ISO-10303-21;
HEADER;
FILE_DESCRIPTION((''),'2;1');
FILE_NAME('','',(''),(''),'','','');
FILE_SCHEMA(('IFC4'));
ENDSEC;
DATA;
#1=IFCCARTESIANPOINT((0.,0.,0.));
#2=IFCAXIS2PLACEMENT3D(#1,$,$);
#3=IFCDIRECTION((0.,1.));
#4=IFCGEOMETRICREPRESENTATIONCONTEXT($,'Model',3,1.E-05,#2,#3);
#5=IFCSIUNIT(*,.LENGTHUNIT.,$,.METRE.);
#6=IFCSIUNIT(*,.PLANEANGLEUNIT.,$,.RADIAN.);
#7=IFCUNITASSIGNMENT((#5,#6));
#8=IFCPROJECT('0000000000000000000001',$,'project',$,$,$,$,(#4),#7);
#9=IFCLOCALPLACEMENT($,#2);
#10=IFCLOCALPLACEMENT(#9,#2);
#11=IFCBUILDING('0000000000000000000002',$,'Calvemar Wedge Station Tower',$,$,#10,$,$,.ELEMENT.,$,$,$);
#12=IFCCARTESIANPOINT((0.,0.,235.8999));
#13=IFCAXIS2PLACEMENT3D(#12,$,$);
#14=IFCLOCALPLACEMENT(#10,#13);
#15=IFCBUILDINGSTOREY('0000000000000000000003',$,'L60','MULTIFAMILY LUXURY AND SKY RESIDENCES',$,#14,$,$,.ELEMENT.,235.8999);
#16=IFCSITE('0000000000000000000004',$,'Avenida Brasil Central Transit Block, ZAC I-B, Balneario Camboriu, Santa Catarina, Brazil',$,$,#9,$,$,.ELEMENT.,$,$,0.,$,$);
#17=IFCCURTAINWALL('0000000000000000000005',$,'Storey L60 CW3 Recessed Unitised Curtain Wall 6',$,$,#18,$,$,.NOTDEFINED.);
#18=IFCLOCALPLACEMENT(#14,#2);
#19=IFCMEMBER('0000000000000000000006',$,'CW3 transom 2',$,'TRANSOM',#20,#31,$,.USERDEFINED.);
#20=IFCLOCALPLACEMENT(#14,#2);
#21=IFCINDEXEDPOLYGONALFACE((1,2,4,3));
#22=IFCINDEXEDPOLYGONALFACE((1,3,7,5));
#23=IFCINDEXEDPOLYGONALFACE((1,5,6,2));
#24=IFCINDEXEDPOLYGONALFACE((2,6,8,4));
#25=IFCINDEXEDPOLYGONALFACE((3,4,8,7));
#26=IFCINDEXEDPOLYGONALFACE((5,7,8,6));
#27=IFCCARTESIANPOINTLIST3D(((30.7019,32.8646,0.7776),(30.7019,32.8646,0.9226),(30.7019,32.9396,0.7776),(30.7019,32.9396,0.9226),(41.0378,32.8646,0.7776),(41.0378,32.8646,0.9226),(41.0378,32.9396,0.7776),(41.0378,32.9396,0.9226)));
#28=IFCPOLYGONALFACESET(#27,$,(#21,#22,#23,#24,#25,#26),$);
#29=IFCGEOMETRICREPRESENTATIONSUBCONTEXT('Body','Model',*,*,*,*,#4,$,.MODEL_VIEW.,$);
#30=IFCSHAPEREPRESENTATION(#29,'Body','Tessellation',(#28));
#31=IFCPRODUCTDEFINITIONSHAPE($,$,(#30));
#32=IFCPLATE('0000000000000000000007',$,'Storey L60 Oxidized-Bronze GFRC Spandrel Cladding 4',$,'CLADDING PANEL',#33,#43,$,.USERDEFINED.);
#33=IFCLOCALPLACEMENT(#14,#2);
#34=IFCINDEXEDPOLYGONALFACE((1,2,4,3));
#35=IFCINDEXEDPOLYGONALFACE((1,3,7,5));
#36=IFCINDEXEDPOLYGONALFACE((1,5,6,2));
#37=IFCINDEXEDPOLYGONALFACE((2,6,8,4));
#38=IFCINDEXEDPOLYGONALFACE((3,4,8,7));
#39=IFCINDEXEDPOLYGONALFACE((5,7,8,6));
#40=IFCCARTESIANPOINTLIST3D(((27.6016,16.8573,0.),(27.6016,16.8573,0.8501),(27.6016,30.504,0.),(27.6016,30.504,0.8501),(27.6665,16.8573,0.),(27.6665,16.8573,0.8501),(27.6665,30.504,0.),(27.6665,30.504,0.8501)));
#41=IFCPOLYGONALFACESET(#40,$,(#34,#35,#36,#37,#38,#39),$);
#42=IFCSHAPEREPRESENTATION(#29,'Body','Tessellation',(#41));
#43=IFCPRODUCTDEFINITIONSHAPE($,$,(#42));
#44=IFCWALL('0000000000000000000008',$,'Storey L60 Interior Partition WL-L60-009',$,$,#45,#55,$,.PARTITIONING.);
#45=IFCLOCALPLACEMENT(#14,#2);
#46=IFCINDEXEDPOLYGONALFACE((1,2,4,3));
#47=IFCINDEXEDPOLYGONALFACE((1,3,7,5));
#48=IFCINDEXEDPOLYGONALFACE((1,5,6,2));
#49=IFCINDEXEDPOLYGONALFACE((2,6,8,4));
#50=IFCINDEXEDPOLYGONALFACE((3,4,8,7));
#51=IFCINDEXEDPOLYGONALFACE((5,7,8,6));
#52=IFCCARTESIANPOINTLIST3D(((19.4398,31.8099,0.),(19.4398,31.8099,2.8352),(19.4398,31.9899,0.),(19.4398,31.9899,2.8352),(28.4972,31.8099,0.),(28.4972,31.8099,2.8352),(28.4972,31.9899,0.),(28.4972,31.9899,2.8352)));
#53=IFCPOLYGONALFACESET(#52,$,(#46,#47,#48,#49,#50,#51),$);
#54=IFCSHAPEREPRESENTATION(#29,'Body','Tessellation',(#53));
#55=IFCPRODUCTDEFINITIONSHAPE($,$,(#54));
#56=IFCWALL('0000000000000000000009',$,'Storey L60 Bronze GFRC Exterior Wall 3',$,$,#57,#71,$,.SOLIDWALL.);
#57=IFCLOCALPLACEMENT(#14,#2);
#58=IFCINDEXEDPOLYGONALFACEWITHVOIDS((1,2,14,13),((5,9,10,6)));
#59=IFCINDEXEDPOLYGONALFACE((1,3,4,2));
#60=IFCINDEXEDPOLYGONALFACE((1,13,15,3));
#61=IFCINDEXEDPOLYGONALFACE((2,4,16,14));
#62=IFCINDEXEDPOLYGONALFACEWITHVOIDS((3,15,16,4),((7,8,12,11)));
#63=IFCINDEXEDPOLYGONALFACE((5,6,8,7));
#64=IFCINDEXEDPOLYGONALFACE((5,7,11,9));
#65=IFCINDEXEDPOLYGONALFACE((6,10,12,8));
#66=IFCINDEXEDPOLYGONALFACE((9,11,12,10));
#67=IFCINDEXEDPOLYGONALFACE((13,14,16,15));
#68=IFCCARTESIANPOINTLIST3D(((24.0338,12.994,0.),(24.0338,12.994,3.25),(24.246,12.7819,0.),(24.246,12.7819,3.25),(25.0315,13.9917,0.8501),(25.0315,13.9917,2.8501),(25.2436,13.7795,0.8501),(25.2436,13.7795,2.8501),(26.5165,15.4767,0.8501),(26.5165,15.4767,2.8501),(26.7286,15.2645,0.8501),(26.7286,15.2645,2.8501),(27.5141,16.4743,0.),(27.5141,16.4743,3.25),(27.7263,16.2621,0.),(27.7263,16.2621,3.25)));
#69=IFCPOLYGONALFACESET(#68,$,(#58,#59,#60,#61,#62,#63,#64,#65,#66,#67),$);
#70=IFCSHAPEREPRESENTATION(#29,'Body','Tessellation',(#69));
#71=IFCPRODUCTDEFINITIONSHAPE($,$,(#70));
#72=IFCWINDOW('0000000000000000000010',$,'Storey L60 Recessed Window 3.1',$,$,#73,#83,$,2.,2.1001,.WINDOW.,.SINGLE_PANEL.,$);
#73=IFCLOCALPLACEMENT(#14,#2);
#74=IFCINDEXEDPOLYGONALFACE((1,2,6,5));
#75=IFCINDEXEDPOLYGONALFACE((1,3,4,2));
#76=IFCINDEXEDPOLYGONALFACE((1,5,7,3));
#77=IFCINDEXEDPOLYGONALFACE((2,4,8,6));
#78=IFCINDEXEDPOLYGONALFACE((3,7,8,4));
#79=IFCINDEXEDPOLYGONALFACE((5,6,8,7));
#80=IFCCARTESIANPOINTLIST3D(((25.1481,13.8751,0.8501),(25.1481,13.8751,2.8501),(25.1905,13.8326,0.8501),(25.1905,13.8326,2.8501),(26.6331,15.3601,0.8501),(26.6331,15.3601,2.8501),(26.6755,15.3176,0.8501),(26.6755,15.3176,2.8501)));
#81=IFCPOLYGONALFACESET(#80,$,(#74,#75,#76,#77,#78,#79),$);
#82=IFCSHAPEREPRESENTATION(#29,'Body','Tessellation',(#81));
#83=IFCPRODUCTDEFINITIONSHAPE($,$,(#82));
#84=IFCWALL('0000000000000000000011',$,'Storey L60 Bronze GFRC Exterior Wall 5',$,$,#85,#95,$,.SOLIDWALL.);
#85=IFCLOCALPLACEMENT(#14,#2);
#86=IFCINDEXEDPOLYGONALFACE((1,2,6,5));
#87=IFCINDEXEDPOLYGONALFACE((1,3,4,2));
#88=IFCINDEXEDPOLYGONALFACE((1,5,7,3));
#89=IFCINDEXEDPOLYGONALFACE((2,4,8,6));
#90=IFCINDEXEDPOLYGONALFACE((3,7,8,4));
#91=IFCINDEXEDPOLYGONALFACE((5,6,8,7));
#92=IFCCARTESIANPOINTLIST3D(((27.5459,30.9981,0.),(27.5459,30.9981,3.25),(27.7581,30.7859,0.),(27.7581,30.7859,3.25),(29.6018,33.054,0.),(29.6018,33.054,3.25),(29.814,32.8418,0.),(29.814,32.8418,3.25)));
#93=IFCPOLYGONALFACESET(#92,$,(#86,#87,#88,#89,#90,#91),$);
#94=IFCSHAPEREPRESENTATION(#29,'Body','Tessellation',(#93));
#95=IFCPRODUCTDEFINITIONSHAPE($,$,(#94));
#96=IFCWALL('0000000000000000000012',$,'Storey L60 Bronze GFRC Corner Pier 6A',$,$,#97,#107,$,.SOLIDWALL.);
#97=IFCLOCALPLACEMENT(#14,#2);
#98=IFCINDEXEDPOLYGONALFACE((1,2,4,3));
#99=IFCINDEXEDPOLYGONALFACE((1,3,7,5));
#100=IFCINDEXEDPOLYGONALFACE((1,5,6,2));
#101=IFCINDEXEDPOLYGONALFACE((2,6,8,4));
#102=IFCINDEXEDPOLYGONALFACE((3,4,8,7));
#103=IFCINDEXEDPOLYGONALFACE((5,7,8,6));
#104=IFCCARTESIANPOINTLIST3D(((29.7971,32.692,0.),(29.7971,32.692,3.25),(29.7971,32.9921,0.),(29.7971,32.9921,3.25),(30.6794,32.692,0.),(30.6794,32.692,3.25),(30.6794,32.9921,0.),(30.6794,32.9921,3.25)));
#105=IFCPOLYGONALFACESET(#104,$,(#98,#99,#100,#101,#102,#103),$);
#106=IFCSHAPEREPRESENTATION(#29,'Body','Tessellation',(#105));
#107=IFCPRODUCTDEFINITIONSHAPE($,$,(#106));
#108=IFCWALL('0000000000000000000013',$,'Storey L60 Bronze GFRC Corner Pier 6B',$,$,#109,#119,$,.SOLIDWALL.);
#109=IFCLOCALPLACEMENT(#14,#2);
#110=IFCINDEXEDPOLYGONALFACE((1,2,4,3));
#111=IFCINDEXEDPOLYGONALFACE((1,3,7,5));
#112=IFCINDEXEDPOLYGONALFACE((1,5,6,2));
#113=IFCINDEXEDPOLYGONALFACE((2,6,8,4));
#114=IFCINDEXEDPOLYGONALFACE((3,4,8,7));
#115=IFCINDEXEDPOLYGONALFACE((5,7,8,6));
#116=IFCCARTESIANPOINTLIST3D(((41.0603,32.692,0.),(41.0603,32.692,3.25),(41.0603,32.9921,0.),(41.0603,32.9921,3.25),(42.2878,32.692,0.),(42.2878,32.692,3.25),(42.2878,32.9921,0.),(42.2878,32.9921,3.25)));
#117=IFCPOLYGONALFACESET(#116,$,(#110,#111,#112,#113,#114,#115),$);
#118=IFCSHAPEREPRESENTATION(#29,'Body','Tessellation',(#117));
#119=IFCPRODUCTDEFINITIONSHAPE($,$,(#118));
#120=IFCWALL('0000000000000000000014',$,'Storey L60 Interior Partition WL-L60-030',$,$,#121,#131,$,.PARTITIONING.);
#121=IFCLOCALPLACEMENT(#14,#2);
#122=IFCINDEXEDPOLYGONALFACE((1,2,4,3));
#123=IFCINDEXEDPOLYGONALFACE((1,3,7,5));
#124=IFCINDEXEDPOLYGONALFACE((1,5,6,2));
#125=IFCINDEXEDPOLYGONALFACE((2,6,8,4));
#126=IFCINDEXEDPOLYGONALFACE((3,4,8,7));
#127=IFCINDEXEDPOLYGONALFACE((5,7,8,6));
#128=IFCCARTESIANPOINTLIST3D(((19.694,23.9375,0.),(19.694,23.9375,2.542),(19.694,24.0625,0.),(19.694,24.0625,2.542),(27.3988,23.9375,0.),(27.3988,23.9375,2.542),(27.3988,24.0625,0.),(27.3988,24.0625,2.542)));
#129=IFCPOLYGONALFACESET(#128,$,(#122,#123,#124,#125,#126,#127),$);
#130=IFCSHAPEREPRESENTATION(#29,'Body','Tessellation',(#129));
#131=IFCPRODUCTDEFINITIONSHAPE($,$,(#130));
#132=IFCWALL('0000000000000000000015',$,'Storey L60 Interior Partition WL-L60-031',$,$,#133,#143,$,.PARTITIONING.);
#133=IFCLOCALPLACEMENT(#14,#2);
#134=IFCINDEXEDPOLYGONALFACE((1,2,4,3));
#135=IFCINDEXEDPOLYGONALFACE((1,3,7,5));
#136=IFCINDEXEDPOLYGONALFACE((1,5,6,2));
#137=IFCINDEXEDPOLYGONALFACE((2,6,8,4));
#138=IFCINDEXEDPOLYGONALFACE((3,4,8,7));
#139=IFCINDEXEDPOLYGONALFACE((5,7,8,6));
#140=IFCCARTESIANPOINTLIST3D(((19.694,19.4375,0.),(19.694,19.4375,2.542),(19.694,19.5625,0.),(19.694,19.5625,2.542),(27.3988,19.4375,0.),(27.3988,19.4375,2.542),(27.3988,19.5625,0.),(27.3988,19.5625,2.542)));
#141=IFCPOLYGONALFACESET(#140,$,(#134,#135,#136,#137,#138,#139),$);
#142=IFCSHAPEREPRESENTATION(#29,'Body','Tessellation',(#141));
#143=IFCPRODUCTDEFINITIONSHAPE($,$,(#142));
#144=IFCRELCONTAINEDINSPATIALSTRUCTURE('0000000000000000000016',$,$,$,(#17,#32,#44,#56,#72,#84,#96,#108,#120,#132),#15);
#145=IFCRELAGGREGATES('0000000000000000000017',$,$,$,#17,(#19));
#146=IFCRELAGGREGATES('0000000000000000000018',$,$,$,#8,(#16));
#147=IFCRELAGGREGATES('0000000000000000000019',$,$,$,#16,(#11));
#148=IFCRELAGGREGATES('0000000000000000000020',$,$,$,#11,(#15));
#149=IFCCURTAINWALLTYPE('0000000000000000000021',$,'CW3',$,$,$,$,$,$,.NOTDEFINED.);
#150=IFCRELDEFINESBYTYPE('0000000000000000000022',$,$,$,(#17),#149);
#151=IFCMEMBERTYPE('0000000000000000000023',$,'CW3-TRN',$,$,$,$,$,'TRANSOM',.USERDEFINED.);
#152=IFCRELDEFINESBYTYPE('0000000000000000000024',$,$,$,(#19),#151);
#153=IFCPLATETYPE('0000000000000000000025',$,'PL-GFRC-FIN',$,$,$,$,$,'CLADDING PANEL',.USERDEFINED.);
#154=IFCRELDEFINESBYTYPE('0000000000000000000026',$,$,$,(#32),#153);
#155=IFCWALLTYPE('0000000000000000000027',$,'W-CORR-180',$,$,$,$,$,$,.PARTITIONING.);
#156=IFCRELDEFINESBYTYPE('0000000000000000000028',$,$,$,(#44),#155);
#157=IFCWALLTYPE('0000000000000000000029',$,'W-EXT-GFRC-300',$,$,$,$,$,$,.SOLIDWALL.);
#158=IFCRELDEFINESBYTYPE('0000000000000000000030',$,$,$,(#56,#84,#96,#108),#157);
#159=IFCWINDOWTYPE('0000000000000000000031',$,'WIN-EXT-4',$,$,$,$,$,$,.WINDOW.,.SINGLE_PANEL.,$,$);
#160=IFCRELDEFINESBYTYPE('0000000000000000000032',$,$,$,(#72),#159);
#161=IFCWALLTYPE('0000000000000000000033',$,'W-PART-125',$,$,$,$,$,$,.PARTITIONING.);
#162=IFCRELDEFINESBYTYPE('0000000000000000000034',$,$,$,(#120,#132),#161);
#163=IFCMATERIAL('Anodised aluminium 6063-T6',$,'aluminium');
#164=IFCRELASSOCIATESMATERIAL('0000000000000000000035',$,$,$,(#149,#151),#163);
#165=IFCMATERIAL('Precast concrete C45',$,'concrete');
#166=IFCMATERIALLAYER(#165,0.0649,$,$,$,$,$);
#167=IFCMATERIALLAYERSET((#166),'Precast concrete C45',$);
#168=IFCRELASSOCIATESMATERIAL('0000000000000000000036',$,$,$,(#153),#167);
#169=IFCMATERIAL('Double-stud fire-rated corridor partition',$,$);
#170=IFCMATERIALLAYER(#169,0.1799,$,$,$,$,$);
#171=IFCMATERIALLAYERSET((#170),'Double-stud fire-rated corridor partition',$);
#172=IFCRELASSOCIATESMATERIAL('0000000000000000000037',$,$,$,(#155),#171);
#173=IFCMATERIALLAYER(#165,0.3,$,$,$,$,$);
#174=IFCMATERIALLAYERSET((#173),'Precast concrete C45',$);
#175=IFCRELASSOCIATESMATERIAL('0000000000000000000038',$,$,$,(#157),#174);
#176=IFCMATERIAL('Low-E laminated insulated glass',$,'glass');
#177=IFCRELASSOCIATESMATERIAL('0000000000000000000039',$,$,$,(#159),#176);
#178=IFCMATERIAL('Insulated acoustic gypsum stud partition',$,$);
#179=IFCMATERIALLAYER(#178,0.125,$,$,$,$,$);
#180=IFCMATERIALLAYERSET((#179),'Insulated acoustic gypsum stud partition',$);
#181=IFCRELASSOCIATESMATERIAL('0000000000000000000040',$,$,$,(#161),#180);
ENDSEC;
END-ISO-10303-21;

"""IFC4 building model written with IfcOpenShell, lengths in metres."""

from ifc_helpers import new_model, si_unit, direction, frame, frame_2d, origin, origin_2d, place, context, subcontext, project, spatial, rectangle, extrude, source, transform, mapped, material, layer, layer_set, material_profile, profile_set, type_object, element, fill, aggregate, save


model = new_model("IFC4")

# Units and contexts
model_context = context("Model", 3, precision=1e-05, world=origin(), true_north=direction((0.0, 1.0)))
body_context = subcontext(model_context, "Body", "Model", "MODEL_VIEW")
ifc_project = project(units=[si_unit("LENGTHUNIT", "METRE"), si_unit("PLANEANGLEUNIT", "RADIAN")], contexts=[model_context])

# Site, building, storey
site_placement = place(None, origin())
site = spatial("IfcSite", under=ifc_project, at=site_placement, Name="Avenida Brasil Central Transit Block, ZAC I-B, Balneario Camboriu, Santa Catarina, Brazil", CompositionType="ELEMENT", RefElevation=0.0)
building_placement = place(site_placement, origin())
building = spatial("IfcBuilding", under=site, at=building_placement, Name="Calvemar Wedge Station Tower", CompositionType="ELEMENT")
storey_placement = place(building_placement, frame((0.0, 0.0, 235.8999)))
storey = spatial("IfcBuildingStorey", under=building, at=storey_placement, Name="L60", Description="MULTIFAMILY LUXURY AND SKY RESIDENCES", CompositionType="ELEMENT", Elevation=235.8999)

# Curtain wall, member
ifc_material_1 = material(Name="Anodised aluminium 6063-T6", Category="aluminium")
curtain_wall_type = type_object("IfcCurtainWallType", Name="CW3", PredefinedType="NOTDEFINED", material=ifc_material_1)
curtain_wall_placement = place(storey_placement, origin())
curtain_wall = element("IfcCurtainWall", 1, at=curtain_wall_placement, inside=storey, type_object=curtain_wall_type, Name="Storey L60 CW3 Recessed Unitised Curtain Wall 6", PredefinedType="NOTDEFINED")
ifc_material_profile_1 = material_profile(ifc_material_1, rectangle(XDim=0.075, YDim=0.145, at=origin_2d()), Name="AL-TRN-75x145")
ifc_profile_set_1 = profile_set([ifc_material_profile_1], Name="Anodised aluminium 6063-T6")
member_type_1 = type_object("IfcMemberType", Name="CW3-TRN", ElementType="TRANSOM", PredefinedType="USERDEFINED", material=ifc_profile_set_1)
shared_shape_1 = source(origin(), body_context, "Body", "SweptSolid", [
    extrude(rectangle(XDim=0.075, YDim=0.145, at=origin_2d()), origin(), (0.0, 0.0, 1.0), 10.3359),
])
member_1_placement = place(storey_placement, frame((30.7019, 32.9021, 0.8501), z_axis=(1.0, 0.0, 0.0), x_axis=(0.0, 1.0, 0.0)))
member_1 = element("IfcMember", 2, at=member_1_placement, type_object=member_type_1, Name="CW3 transom 2", ObjectType="TRANSOM", PredefinedType="USERDEFINED", context=body_context, shape_type="MappedRepresentation", body=[
    mapped(shared_shape_1, transform((0.0, 0.0, 0.0), scale=1.0)),
])
aggregate(curtain_wall, [member_1])

# Plate
ifc_material_2 = material(Name="Precast concrete C45", Category="concrete")
ifc_layer_1 = layer(ifc_material_2, 0.0649)
ifc_layer_set_1 = layer_set([ifc_layer_1], Name="Precast concrete C45")
plate_type = type_object("IfcPlateType", Name="PL-GFRC-FIN", ElementType="CLADDING PANEL", PredefinedType="USERDEFINED", material=ifc_layer_set_1)
plate_placement = place(storey_placement, frame((27.634, 16.8574, 0.0), z_axis=(0.0, 0.0, 1.0), x_axis=(0.0, 1.0, 0.0)))
element("IfcPlate", 3, at=plate_placement, inside=storey, type_object=plate_type, Name="Storey L60 Oxidized-Bronze GFRC Spandrel Cladding 4", ObjectType="CLADDING PANEL", PredefinedType="USERDEFINED", context=body_context, shape_type="SweptSolid", body=[
    extrude(rectangle(XDim=13.6467, YDim=0.0649, at=frame_2d((6.8232, 0.0))), origin(), (0.0, 0.0, 1.0), 0.8501),
])

# Wall
ifc_material_3 = material(Name="Double-stud fire-rated corridor partition")
ifc_layer_2 = layer(ifc_material_3, 0.1799)
ifc_layer_set_2 = layer_set([ifc_layer_2], Name="Double-stud fire-rated corridor partition")
wall_type_1 = type_object("IfcWallType", Name="W-CORR-180", PredefinedType="PARTITIONING", material=ifc_layer_set_2)
wall_1_placement = place(storey_placement, frame((28.4973, 31.8999, 0.0), z_axis=(0.0, 0.0, 1.0), x_axis=(-1.0, 0.0, 0.0)))
element("IfcWall", 4, at=wall_1_placement, inside=storey, type_object=wall_type_1, Name="Storey L60 Interior Partition WL-L60-009", PredefinedType="PARTITIONING", context=body_context, shape_type="SweptSolid", body=[
    extrude(rectangle(XDim=9.0574, YDim=0.1799, at=frame_2d((4.5288, 0.0))), origin(), (0.0, 0.0, 1.0), 2.8352),
])

# Wall, opening, window
ifc_layer_3 = layer(ifc_material_2, 0.3)
ifc_layer_set_3 = layer_set([ifc_layer_3], Name="Precast concrete C45")
wall_type_2 = type_object("IfcWallType", Name="W-EXT-GFRC-300", PredefinedType="SOLIDWALL", material=ifc_layer_set_3)
wall_2_placement = place(storey_placement, frame((24.1399, 12.8879, 0.0), z_axis=(0.0, 0.0, 1.0), x_axis=(0.707107, 0.707107, 0.0)))
wall_2 = element("IfcWall", 5, at=wall_2_placement, inside=storey, type_object=wall_type_2, Name="Storey L60 Bronze GFRC Exterior Wall 3", PredefinedType="SOLIDWALL", context=body_context, shape_type="SweptSolid", body=[
    extrude(rectangle(XDim=4.9219, YDim=0.3, at=frame_2d((2.4609, 0.0))), origin(), (0.0, 0.0, 1.0), 3.25),
])
shared_shape_2 = source(origin(), body_context, "Body", "SweptSolid", [
    extrude(rectangle(XDim=2.1001, YDim=2.0, at=frame_2d((1.05, 1.0))), frame((0.0, 0.1602, 0.0), z_axis=(0.0, -1.0, 0.0), x_axis=(1.0, 0.0, 0.0)), (0.0, 0.0, 1.0), 0.3201),
])
opening_1_placement = place(wall_2_placement, frame((1.4109, 0.0, 0.8501)))
opening_1 = element("IfcOpeningElement", 6, at=opening_1_placement, cuts=wall_2, PredefinedType="OPENING", context=body_context, shape_type="MappedRepresentation", body=[
    mapped(shared_shape_2, transform((0.0, 0.0, 0.0), scale=1.0)),
])
ifc_material_4 = material(Name="Low-E laminated insulated glass", Category="glass")
window_type_1 = type_object("IfcWindowType", Name="WIN-EXT-4", PartitioningType="SINGLE_PANEL", PredefinedType="WINDOW", material=ifc_material_4)
shared_shape_3 = source(origin(), body_context, "Body", "SweptSolid", [
    extrude(rectangle(XDim=2.1001, YDim=2.0, at=frame_2d((1.05, 1.0))), frame((0.0, -0.0149, 0.0), z_axis=(0.0, -1.0, 0.0), x_axis=(1.0, 0.0, 0.0)), (0.0, 0.0, 1.0), 0.0601),
])
window_1_placement = place(opening_1_placement, origin())
window_1 = element("IfcWindow", 7, at=window_1_placement, inside=storey, type_object=window_type_1, Name="Storey L60 Recessed Window 3.1", OverallHeight=2.0, OverallWidth=2.1001, PartitioningType="SINGLE_PANEL", PredefinedType="WINDOW", context=body_context, shape_type="MappedRepresentation", body=[
    mapped(shared_shape_3, transform((0.0, 0.0, 0.0), scale=1.0)),
])
fill(opening_1, window_1)

# Walls
wall_3_placement = place(storey_placement, frame((27.6521, 30.8921, 0.0), z_axis=(0.0, 0.0, 1.0), x_axis=(0.707107, 0.707107, 0.0)))
element("IfcWall", 8, at=wall_3_placement, inside=storey, type_object=wall_type_2, Name="Storey L60 Bronze GFRC Exterior Wall 5", PredefinedType="SOLIDWALL", context=body_context, shape_type="SweptSolid", body=[
    extrude(rectangle(XDim=2.9075, YDim=0.3, at=frame_2d((1.4536, 0.0))), origin(), (0.0, 0.0, 1.0), 3.25),
])
wall_4_placement = place(storey_placement, frame((29.7971, 32.842, 0.0), z_axis=(0.0, 0.0, 1.0), x_axis=(1.0, 0.0, 0.0)))
element("IfcWall", 9, at=wall_4_placement, inside=storey, type_object=wall_type_2, Name="Storey L60 Bronze GFRC Corner Pier 6A", PredefinedType="SOLIDWALL", context=body_context, shape_type="SweptSolid", body=[
    extrude(rectangle(XDim=0.8823, YDim=0.3, at=frame_2d((0.4412, 0.0))), origin(), (0.0, 0.0, 1.0), 3.25),
])
wall_5_placement = place(storey_placement, frame((41.0603, 32.842, 0.0), z_axis=(0.0, 0.0, 1.0), x_axis=(1.0, 0.0, 0.0)))
element("IfcWall", 10, at=wall_5_placement, inside=storey, type_object=wall_type_2, Name="Storey L60 Bronze GFRC Corner Pier 6B", PredefinedType="SOLIDWALL", context=body_context, shape_type="SweptSolid", body=[
    extrude(rectangle(XDim=1.2275, YDim=0.3, at=frame_2d((0.6138, 0.0))), origin(), (0.0, 0.0, 1.0), 3.25),
])
ifc_material_5 = material(Name="Insulated acoustic gypsum stud partition")
ifc_layer_4 = layer(ifc_material_5, 0.125)
ifc_layer_set_4 = layer_set([ifc_layer_4], Name="Insulated acoustic gypsum stud partition")
wall_type_3 = type_object("IfcWallType", Name="W-PART-125", PredefinedType="PARTITIONING", material=ifc_layer_set_4)
for number, where, z_axis, x_axis, name in (
    (11, (27.3989, 24.0, 0.0), (0.0, 0.0, 1.0), (-1.0, 0.0, 0.0), "Storey L60 Interior Partition WL-L60-030"),
    (12, (27.3989, 19.5, 0.0), (0.0, 0.0, 1.0), (-1.0, 0.0, 0.0), "Storey L60 Interior Partition WL-L60-031"),
):
    element("IfcWall", number, at=place(storey_placement, frame(where, z_axis=z_axis, x_axis=x_axis)), inside=storey, type_object=wall_type_3, Name=name, PredefinedType="PARTITIONING", context=body_context, shape_type="SweptSolid", body=[
        extrude(rectangle(XDim=7.7048, YDim=0.125, at=frame_2d((3.8525, 0.0))), origin(), (0.0, 0.0, 1.0), 2.542),
    ])

save(model, "model.ifc")
